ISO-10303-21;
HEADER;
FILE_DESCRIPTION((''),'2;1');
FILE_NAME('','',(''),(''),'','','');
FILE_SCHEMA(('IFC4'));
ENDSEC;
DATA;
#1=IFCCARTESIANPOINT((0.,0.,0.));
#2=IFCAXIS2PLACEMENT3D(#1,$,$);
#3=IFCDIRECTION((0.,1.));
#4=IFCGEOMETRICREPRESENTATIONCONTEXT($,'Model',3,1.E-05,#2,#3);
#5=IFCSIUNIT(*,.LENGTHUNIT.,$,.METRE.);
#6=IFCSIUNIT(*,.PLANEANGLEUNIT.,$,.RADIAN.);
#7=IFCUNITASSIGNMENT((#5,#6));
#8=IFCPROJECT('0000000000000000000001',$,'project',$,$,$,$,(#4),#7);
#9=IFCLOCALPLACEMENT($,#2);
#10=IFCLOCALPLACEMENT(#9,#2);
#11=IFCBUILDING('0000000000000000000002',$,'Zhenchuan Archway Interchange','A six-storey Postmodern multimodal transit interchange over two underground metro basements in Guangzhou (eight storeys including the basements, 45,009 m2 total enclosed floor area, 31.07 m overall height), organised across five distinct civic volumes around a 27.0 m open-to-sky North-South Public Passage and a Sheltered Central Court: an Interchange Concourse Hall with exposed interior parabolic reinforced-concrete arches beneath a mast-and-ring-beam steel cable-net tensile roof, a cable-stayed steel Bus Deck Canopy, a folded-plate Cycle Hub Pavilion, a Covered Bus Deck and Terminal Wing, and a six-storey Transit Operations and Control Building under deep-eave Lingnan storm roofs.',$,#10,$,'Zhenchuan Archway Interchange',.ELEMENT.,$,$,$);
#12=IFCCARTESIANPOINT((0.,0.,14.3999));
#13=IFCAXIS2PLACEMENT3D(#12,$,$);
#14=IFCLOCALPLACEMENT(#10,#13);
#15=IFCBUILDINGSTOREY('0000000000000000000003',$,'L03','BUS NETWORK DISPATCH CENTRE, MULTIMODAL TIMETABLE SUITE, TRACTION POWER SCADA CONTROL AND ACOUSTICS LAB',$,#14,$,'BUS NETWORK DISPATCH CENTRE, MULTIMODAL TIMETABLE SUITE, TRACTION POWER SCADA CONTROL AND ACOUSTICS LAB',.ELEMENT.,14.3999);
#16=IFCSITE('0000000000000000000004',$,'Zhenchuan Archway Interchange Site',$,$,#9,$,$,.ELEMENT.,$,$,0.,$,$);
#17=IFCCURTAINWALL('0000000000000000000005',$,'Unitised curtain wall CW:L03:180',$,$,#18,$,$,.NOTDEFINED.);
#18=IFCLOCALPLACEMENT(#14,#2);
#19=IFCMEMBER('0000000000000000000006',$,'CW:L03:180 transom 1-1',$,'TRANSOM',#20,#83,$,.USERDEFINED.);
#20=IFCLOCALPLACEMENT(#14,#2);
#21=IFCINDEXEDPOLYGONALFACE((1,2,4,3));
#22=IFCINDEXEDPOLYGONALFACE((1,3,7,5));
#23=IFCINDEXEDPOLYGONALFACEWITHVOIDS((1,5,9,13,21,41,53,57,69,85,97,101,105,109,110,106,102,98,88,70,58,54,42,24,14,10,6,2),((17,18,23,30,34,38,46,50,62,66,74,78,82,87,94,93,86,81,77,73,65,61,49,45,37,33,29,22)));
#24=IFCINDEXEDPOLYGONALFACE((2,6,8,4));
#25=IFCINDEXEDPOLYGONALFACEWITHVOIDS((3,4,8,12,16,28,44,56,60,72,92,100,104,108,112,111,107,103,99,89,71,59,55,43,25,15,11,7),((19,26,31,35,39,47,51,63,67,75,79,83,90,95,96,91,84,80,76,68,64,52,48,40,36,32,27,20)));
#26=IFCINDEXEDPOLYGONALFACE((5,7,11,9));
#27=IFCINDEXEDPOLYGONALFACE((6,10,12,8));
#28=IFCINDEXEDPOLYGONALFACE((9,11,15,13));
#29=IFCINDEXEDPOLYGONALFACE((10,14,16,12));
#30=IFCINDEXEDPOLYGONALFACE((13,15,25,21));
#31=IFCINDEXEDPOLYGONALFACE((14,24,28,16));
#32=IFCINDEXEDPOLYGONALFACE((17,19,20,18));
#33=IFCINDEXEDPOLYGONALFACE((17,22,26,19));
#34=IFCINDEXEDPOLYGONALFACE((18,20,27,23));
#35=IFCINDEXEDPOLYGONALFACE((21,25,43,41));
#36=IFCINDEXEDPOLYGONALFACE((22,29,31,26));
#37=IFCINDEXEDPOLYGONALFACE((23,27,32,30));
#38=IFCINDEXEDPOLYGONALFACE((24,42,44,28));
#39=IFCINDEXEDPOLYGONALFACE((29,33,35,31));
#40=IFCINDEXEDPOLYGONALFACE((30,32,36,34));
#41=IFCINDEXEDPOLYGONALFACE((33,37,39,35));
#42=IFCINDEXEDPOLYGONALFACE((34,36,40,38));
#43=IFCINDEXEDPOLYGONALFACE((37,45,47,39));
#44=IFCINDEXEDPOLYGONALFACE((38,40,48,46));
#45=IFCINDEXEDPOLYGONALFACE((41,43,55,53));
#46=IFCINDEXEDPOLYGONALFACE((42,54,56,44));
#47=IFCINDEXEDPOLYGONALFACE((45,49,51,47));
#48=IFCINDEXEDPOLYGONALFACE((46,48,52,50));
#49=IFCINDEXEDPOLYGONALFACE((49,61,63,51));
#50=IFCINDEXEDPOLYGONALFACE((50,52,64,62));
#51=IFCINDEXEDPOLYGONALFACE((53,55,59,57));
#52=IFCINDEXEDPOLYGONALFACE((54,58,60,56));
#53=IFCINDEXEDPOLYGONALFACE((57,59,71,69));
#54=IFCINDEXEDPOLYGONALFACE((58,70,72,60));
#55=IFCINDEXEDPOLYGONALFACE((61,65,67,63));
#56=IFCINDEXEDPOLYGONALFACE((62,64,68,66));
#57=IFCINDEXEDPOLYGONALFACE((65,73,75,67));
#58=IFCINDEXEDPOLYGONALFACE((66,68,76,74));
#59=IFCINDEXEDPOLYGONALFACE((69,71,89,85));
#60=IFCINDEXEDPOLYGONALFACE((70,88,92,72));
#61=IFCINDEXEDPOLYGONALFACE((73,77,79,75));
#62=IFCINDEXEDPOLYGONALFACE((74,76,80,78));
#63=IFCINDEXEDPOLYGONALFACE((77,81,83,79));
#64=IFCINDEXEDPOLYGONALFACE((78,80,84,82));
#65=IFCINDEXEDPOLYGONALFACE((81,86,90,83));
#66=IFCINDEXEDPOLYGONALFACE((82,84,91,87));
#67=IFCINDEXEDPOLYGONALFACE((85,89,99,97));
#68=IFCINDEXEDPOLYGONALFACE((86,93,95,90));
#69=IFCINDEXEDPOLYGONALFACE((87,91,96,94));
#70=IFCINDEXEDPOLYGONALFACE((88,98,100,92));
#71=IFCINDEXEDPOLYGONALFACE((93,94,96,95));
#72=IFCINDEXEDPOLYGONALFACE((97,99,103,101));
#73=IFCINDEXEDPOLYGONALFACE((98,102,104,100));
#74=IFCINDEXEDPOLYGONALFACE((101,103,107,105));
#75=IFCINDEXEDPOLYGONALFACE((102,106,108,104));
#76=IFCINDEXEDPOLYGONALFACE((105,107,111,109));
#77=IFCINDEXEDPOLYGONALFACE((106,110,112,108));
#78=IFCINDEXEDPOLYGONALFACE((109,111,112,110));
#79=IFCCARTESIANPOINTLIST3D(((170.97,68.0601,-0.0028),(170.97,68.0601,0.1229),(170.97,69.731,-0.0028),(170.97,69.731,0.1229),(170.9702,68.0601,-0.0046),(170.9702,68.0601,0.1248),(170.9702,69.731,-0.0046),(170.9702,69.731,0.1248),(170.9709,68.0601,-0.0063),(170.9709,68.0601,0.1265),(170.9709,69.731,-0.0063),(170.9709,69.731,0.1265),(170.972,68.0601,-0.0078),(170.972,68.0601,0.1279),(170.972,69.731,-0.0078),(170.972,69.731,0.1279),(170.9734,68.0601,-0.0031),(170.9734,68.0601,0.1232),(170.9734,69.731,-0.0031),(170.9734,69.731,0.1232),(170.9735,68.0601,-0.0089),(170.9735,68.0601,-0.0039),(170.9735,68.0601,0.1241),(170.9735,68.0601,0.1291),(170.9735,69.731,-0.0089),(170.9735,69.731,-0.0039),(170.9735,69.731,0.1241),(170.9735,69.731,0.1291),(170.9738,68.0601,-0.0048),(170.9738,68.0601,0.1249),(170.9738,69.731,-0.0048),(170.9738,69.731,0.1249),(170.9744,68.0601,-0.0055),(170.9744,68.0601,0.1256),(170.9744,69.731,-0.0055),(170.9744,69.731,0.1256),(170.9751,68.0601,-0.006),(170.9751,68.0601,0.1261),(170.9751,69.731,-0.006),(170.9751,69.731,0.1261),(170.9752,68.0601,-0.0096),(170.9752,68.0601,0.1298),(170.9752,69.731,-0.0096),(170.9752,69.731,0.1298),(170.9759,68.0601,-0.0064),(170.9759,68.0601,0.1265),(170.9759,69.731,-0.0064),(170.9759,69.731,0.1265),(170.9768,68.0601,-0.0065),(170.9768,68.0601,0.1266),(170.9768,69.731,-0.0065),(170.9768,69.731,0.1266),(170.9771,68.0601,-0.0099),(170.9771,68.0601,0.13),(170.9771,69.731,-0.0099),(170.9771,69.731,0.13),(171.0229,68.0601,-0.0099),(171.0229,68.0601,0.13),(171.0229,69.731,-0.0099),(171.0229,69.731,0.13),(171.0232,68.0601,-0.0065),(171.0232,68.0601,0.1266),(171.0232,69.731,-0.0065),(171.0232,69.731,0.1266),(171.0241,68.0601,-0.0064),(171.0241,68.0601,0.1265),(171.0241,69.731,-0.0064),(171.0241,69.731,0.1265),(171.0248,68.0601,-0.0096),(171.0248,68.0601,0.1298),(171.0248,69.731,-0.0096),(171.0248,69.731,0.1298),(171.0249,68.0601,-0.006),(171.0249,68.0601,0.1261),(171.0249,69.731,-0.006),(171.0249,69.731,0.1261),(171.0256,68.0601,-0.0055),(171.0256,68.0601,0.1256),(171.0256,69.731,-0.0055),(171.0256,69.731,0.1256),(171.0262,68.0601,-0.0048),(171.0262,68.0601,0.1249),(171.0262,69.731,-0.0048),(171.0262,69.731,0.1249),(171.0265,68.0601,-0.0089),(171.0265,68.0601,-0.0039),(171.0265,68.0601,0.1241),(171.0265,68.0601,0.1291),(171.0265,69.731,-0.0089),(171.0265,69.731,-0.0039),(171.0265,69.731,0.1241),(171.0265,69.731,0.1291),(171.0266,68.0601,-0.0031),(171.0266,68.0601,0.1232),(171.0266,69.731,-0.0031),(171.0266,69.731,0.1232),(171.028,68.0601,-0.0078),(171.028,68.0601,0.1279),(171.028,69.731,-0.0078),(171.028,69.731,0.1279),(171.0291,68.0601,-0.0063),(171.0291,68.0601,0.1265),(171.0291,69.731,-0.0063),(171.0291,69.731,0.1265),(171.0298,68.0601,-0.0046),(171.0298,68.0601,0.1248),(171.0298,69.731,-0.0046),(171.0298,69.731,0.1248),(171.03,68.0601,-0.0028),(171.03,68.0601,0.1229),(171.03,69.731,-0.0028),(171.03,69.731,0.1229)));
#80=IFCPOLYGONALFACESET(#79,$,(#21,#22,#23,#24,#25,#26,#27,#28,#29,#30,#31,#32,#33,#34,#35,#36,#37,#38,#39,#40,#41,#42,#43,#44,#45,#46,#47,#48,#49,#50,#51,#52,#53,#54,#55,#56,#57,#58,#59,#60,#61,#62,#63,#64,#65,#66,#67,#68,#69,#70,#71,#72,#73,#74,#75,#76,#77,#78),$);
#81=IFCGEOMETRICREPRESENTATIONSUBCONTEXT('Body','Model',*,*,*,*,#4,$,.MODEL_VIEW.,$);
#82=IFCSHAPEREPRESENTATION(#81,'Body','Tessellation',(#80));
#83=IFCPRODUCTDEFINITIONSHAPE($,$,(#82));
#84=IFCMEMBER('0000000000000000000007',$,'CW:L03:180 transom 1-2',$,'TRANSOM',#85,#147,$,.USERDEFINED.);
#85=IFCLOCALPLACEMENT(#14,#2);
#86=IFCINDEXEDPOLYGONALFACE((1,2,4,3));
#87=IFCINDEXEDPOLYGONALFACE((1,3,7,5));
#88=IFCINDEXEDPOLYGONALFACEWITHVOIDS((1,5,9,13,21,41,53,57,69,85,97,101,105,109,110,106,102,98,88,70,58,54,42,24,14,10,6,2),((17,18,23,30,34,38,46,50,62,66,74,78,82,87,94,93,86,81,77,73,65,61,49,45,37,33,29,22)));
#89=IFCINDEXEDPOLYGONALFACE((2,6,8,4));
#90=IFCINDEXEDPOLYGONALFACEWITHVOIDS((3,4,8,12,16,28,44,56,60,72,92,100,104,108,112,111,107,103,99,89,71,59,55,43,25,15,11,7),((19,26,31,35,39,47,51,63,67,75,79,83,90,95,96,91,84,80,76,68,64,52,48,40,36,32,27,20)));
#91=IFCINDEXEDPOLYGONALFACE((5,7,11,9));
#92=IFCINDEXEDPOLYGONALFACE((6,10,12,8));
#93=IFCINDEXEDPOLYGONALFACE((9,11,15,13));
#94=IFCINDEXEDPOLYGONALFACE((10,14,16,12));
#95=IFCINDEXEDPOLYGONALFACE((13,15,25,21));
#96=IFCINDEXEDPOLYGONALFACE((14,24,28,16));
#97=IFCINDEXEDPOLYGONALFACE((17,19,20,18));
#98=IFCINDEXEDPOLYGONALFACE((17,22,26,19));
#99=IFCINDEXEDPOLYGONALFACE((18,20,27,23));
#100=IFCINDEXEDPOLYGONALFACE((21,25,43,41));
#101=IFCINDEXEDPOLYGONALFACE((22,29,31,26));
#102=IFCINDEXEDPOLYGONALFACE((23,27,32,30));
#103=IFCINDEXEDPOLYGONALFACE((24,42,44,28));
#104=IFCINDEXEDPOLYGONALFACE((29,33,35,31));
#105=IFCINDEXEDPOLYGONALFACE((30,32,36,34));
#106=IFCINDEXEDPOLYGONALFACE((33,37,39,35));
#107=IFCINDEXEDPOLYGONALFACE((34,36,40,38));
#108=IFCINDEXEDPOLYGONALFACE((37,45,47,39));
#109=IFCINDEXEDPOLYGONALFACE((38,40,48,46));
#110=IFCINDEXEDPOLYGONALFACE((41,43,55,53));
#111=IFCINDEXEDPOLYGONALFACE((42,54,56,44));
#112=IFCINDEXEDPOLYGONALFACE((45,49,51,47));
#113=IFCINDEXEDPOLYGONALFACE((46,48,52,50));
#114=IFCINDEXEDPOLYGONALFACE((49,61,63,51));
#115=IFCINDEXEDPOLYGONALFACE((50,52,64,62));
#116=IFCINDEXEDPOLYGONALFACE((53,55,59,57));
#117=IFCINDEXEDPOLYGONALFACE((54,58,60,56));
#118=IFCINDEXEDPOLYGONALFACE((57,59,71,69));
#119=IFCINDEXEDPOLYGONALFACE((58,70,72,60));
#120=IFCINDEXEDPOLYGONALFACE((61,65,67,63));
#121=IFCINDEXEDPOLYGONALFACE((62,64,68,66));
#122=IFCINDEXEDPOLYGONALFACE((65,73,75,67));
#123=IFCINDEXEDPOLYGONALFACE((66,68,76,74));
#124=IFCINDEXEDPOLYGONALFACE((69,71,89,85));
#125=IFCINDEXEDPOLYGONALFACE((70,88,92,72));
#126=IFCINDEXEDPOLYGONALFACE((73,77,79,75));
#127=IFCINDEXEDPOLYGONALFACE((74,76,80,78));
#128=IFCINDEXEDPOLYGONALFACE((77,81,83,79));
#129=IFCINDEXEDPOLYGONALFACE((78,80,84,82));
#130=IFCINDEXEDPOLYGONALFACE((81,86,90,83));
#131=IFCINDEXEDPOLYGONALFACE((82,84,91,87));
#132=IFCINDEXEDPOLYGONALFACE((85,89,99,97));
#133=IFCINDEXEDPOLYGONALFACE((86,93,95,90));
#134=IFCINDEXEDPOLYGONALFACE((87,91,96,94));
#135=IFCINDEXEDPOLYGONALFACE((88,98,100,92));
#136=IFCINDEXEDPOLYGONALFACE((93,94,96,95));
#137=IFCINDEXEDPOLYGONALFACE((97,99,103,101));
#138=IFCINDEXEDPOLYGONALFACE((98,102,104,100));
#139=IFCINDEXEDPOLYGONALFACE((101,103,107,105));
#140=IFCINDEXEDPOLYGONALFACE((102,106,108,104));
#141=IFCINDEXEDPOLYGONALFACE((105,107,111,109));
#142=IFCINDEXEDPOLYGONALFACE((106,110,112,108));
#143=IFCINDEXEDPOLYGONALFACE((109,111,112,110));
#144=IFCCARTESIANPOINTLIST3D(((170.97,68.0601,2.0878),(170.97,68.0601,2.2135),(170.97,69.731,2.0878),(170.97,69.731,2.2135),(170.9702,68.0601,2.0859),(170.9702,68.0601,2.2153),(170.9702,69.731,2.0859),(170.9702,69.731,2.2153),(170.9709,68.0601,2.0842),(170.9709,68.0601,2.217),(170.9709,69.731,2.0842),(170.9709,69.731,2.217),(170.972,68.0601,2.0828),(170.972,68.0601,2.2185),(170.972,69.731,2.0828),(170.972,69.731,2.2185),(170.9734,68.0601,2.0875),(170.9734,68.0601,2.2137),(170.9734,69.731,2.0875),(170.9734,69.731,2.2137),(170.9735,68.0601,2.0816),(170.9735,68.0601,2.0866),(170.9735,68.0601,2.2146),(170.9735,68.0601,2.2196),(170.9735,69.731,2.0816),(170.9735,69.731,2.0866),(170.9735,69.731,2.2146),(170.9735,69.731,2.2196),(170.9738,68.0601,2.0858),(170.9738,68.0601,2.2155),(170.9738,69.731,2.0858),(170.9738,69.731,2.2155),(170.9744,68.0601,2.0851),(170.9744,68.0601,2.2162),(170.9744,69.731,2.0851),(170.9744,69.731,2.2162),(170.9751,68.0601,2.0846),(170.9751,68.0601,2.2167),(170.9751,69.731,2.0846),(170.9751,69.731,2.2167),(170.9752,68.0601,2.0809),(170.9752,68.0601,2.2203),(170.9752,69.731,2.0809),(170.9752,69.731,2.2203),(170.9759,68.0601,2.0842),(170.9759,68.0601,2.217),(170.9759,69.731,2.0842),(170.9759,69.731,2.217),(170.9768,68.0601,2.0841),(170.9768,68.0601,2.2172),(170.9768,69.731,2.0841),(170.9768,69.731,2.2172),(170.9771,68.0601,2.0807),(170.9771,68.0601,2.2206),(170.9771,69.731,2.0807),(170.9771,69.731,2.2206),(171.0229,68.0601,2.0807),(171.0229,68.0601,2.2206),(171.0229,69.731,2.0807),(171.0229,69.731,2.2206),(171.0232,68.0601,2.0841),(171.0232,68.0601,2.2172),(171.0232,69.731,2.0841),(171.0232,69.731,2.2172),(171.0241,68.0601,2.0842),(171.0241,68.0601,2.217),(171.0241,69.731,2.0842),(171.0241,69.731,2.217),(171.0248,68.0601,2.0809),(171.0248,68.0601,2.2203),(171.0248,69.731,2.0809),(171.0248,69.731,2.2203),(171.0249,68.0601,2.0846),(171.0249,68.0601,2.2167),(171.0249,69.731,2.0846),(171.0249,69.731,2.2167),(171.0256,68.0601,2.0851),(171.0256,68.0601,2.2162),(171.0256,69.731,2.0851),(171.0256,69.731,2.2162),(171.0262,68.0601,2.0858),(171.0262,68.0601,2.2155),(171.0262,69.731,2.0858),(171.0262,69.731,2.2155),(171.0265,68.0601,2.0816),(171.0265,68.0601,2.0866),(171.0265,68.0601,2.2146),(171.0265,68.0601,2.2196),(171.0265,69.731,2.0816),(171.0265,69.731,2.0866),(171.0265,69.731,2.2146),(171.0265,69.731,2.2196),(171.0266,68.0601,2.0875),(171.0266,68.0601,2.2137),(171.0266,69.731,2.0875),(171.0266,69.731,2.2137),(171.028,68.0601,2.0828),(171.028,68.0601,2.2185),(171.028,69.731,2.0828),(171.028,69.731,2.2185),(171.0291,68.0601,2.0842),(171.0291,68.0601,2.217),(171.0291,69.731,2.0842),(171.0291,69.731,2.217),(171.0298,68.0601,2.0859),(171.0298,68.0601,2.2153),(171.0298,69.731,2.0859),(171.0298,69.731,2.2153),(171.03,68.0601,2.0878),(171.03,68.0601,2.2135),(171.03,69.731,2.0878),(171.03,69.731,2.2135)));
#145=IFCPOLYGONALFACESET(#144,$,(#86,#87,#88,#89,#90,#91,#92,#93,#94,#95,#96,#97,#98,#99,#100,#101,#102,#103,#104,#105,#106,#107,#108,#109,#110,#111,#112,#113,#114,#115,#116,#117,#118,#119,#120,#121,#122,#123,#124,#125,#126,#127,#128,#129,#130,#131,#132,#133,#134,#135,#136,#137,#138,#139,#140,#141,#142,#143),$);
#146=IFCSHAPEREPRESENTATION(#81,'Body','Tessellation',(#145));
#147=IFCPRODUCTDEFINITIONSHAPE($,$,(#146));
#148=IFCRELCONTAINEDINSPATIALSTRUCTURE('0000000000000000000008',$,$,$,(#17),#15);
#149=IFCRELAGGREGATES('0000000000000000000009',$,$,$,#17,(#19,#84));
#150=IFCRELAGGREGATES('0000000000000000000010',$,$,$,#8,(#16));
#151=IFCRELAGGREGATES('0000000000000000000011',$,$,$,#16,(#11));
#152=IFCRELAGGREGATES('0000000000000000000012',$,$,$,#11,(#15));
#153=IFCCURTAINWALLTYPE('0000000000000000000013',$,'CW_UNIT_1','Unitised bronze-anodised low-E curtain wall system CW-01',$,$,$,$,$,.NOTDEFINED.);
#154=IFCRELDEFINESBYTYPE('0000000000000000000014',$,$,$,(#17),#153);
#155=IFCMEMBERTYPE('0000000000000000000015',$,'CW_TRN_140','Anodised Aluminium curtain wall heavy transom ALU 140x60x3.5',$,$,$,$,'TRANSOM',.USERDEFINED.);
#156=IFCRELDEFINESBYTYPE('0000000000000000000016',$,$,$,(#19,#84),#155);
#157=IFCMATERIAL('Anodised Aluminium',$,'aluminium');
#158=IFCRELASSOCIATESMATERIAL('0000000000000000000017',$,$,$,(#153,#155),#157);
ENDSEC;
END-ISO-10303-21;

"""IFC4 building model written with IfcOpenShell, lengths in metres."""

from ifc_helpers import new_model, si_unit, direction, frame, origin, origin_2d, place, context, subcontext, project, spatial, hollow_rectangle, extrude, material, material_profile, profile_set, type_object, element, aggregate, save


model = new_model("IFC4")

# Units and contexts
model_context = context("Model", 3, precision=1e-05, world=origin(), true_north=direction((0.0, 1.0)))
body_context = subcontext(model_context, "Body", "Model", "MODEL_VIEW")
ifc_project = project(units=[si_unit("LENGTHUNIT", "METRE"), si_unit("PLANEANGLEUNIT", "RADIAN")], contexts=[model_context])

# Site, building, storey
site_placement = place(None, origin())
site = spatial("IfcSite", under=ifc_project, at=site_placement, Name="Zhenchuan Archway Interchange Site", CompositionType="ELEMENT", RefElevation=0.0)
building_placement = place(site_placement, origin())
building = spatial("IfcBuilding", under=site, at=building_placement, Name="Zhenchuan Archway Interchange", Description="A six-storey Postmodern multimodal transit interchange over two underground metro basements in Guangzhou (eight storeys including the basements, 45,009 m2 total enclosed floor area, 31.07 m overall height), organised across five distinct civic volumes around a 27.0 m open-to-sky North-South Public Passage and a Sheltered Central Court: an Interchange Concourse Hall with exposed interior parabolic reinforced-concrete arches beneath a mast-and-ring-beam steel cable-net tensile roof, a cable-stayed steel Bus Deck Canopy, a folded-plate Cycle Hub Pavilion, a Covered Bus Deck and Terminal Wing, and a six-storey Transit Operations and Control Building under deep-eave Lingnan storm roofs.", LongName="Zhenchuan Archway Interchange", CompositionType="ELEMENT")
storey_placement = place(building_placement, frame((0.0, 0.0, 14.3999)))
storey = spatial("IfcBuildingStorey", under=building, at=storey_placement, Name="L03", Description="BUS NETWORK DISPATCH CENTRE, MULTIMODAL TIMETABLE SUITE, TRACTION POWER SCADA CONTROL AND ACOUSTICS LAB", LongName="BUS NETWORK DISPATCH CENTRE, MULTIMODAL TIMETABLE SUITE, TRACTION POWER SCADA CONTROL AND ACOUSTICS LAB", CompositionType="ELEMENT", Elevation=14.3999)

# Curtain wall
ifc_material_1 = material(Name="Anodised Aluminium", Category="aluminium")
curtain_wall_type_1 = type_object("IfcCurtainWallType", Name="CW_UNIT_1", Description="Unitised bronze-anodised low-E curtain wall system CW-01", PredefinedType="NOTDEFINED", material=ifc_material_1)
curtain_wall_1_placement = place(storey_placement, origin())
curtain_wall_1 = element("IfcCurtainWall", 1, at=curtain_wall_1_placement, inside=storey, type_object=curtain_wall_type_1, Name="Unitised curtain wall CW:L03:180", PredefinedType="NOTDEFINED")

# Members
ifc_material_profile_1 = material_profile(ifc_material_1, hollow_rectangle(XDim=0.0601, YDim=0.1399, WallThickness=0.0034, InnerFilletRadius=0.0034, OuterFilletRadius=0.0071, at=origin_2d()), Name="ALU 140x60x3.5")
ifc_profile_set_1 = profile_set([ifc_material_profile_1], Name="Anodised Aluminium")
member_type_1 = type_object("IfcMemberType", Name="CW_TRN_140", Description="Anodised Aluminium curtain wall heavy transom ALU 140x60x3.5", ElementType="TRANSOM", PredefinedType="USERDEFINED", material=ifc_profile_set_1)
member_1_placement = place(storey_placement, frame((171.0, 69.731, 0.0601), z_axis=(0.0, -1.0, 0.0), x_axis=(1.0, 0.0, 0.0)))
member_1 = element("IfcMember", 2, at=member_1_placement, type_object=member_type_1, Name="CW:L03:180 transom 1-1", ObjectType="TRANSOM", PredefinedType="USERDEFINED", context=body_context, shape_type="SweptSolid", body=[
    extrude(hollow_rectangle(XDim=0.0601, YDim=0.1399, WallThickness=0.0034, InnerFilletRadius=0.0034, OuterFilletRadius=0.0071, at=origin_2d()), origin(), (0.0, 0.0, 1.0), 1.6709),
])
member_2_placement = place(storey_placement, frame((171.0, 69.731, 2.1506), z_axis=(0.0, -1.0, 0.0), x_axis=(1.0, 0.0, 0.0)))
member_2 = element("IfcMember", 3, at=member_2_placement, type_object=member_type_1, Name="CW:L03:180 transom 1-2", ObjectType="TRANSOM", PredefinedType="USERDEFINED", context=body_context, shape_type="SweptSolid", body=[
    extrude(hollow_rectangle(XDim=0.0601, YDim=0.1399, WallThickness=0.0034, InnerFilletRadius=0.0034, OuterFilletRadius=0.0071, at=origin_2d()), origin(), (0.0, 0.0, 1.0), 1.6709),
])

aggregate(curtain_wall_1, [member_1, member_2])

save(model, "model.ifc")
